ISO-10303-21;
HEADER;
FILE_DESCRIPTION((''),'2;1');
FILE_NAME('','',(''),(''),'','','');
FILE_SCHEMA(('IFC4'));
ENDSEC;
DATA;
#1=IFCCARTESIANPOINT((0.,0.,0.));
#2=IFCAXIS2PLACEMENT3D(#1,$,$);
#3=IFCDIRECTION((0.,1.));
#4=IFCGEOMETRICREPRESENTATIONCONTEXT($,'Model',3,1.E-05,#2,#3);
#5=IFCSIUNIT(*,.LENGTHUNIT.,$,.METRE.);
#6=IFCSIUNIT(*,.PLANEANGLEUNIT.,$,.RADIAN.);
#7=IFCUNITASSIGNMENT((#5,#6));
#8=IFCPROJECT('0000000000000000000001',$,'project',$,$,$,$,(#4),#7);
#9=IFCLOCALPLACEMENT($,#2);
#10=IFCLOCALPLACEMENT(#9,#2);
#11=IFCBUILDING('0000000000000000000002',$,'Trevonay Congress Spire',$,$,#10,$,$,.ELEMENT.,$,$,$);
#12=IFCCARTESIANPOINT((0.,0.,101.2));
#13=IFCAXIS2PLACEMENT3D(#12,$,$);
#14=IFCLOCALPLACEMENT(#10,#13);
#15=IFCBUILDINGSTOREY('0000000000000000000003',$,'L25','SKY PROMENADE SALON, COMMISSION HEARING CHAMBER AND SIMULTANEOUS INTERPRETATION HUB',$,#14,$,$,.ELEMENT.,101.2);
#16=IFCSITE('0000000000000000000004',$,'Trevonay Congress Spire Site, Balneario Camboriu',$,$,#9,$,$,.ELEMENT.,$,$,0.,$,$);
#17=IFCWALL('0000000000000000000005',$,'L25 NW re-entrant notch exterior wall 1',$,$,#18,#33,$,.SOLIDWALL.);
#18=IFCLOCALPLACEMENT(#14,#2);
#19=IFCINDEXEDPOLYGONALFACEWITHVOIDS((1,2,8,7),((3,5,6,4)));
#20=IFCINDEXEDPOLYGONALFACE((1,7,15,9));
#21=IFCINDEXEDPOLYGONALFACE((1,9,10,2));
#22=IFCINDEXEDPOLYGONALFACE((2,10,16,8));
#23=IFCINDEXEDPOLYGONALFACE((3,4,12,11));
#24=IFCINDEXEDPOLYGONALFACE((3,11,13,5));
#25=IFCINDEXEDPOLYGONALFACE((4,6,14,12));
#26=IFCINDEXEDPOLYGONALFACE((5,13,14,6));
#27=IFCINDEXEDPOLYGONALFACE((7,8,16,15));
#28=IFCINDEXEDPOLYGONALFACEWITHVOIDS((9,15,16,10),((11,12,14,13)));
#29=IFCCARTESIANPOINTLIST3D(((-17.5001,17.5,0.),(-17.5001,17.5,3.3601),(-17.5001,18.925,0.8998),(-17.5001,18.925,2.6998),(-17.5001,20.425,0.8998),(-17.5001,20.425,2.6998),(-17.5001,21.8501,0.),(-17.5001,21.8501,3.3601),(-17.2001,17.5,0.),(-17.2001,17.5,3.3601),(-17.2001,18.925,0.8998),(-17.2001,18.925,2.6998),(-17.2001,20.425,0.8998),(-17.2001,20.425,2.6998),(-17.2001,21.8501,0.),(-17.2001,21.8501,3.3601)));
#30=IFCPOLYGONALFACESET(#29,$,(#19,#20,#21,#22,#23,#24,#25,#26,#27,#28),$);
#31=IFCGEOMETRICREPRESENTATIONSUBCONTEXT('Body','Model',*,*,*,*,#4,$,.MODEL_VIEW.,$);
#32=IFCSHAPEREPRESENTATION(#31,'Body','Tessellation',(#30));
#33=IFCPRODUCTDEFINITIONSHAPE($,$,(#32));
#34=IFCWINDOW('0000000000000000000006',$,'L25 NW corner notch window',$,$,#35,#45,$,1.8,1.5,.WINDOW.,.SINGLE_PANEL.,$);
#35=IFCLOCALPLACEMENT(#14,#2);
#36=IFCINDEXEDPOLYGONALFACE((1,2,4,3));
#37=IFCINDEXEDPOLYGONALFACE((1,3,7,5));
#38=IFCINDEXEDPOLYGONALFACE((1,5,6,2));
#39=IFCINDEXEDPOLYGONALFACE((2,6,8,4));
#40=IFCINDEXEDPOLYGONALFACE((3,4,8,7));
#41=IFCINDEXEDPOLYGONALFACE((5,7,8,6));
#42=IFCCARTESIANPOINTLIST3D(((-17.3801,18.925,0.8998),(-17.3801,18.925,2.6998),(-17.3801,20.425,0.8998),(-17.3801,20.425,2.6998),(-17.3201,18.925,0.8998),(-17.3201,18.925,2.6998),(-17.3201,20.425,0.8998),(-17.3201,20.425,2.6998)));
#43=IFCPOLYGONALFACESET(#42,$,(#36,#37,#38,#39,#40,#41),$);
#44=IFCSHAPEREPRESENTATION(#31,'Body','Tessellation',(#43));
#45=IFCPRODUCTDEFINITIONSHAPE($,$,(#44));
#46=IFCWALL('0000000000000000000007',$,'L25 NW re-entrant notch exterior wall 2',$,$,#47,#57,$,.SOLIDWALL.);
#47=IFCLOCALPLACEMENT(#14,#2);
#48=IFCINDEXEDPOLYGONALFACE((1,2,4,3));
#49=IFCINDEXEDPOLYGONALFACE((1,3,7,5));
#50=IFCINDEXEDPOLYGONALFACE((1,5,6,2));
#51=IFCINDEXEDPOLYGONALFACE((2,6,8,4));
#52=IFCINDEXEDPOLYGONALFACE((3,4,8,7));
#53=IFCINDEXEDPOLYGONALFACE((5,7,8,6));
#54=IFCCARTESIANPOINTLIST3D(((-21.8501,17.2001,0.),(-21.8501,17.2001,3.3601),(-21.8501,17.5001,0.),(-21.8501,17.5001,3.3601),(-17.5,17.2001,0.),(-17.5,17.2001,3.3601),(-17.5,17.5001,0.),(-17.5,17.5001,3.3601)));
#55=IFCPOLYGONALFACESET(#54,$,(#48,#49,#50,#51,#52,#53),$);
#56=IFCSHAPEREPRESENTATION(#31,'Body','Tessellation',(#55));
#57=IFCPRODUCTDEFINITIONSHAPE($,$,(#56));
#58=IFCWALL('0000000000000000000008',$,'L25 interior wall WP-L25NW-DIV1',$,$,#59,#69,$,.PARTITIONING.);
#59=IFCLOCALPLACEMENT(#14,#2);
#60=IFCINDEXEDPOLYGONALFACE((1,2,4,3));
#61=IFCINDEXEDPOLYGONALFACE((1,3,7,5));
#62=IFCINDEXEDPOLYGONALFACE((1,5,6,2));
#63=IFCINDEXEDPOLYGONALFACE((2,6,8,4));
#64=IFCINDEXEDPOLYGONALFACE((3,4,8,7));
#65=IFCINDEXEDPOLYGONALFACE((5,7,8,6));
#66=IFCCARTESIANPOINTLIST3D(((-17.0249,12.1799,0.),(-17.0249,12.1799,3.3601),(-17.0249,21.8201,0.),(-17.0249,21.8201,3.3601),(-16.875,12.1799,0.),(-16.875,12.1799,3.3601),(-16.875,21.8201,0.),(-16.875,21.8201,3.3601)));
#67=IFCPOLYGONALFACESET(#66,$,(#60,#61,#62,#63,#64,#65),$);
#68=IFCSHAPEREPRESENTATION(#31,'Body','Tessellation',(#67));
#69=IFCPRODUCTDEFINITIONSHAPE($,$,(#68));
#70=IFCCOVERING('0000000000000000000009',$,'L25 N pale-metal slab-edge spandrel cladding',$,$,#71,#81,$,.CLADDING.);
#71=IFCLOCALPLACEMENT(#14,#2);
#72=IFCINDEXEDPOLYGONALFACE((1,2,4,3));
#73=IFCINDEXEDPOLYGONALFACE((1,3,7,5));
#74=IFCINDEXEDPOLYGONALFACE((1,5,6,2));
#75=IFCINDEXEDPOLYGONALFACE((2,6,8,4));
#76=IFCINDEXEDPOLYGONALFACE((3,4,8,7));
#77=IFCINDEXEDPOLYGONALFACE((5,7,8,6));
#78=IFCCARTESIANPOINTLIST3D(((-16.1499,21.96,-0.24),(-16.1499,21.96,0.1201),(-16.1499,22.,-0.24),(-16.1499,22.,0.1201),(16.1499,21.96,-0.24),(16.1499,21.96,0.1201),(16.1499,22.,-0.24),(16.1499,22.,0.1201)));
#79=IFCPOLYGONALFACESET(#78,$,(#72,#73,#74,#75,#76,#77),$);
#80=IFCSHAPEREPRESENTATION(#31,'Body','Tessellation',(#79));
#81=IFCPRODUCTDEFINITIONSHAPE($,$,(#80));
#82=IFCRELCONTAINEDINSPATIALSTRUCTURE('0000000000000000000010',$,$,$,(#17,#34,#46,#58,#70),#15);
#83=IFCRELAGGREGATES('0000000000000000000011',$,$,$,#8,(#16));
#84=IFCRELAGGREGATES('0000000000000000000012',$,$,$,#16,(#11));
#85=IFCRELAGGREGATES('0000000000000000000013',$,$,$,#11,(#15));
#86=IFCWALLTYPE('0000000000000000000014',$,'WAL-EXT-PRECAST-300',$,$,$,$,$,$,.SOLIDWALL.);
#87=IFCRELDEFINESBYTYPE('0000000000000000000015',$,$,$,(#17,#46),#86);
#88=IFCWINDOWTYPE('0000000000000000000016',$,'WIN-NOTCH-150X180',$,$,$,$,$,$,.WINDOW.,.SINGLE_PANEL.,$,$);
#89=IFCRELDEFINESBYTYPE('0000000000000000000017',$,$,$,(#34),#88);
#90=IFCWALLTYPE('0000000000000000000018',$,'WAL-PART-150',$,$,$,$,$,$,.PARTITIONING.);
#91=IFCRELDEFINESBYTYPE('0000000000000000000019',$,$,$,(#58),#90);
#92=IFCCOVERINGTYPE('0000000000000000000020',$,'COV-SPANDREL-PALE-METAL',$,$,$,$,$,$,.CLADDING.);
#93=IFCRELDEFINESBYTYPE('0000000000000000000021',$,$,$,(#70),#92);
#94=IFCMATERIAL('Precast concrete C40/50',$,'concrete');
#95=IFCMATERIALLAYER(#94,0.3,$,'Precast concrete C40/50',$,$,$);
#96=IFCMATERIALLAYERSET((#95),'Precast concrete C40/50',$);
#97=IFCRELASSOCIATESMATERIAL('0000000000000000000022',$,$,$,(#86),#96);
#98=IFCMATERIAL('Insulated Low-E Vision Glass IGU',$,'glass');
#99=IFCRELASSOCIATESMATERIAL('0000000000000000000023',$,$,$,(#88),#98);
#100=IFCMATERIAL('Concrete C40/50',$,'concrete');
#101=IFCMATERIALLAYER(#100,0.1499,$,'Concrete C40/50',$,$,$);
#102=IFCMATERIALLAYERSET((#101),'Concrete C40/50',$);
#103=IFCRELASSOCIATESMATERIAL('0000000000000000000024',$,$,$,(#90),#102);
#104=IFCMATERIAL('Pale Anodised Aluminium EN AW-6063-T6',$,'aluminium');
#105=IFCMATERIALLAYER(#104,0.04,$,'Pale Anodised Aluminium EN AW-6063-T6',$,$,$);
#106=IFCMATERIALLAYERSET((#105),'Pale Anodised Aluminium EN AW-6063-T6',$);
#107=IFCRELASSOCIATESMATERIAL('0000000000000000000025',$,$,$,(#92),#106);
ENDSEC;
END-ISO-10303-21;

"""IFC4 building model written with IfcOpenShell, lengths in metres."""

from ifc_helpers import new_model, si_unit, direction, frame, frame_2d, origin, place, context, subcontext, project, spatial, rectangle, extrude, material, layer, layer_set, type_object, element, fill, save


model = new_model("IFC4")

# Units and contexts
model_context = context("Model", 3, precision=1e-05, world=origin(), true_north=direction((0.0, 1.0)))
body_context = subcontext(model_context, "Body", "Model", "MODEL_VIEW")
ifc_project = project(units=[si_unit("LENGTHUNIT", "METRE"), si_unit("PLANEANGLEUNIT", "RADIAN")], contexts=[model_context])

# Site, building, storey
site_placement = place(None, origin())
site = spatial("IfcSite", under=ifc_project, at=site_placement, Name="Trevonay Congress Spire Site, Balneario Camboriu", CompositionType="ELEMENT", RefElevation=0.0)
building_placement = place(site_placement, origin())
building = spatial("IfcBuilding", under=site, at=building_placement, Name="Trevonay Congress Spire", CompositionType="ELEMENT")
storey_placement = place(building_placement, frame((0.0, 0.0, 101.2)))
storey = spatial("IfcBuildingStorey", under=building, at=storey_placement, Name="L25", Description="SKY PROMENADE SALON, COMMISSION HEARING CHAMBER AND SIMULTANEOUS INTERPRETATION HUB", CompositionType="ELEMENT", Elevation=101.2)

# Shared definitions
ifc_material_1 = material(Name="Pale Anodised Aluminium EN AW-6063-T6", Category="aluminium")

# Shared definitions
ifc_material_2 = material(Name="Concrete C40/50", Category="concrete")

# Shared definitions
ifc_material_3 = material(Name="Precast concrete C40/50", Category="concrete")
ifc_layer_1 = layer(ifc_material_3, 0.3, Name="Precast concrete C40/50")
ifc_layer_set_1 = layer_set([ifc_layer_1], Name="Precast concrete C40/50")
wall_type_1 = type_object("IfcWallType", Name="WAL-EXT-PRECAST-300", PredefinedType="SOLIDWALL", material=ifc_layer_set_1)

# Wall, opening, window
wall_1_placement = place(storey_placement, frame((-17.3501, 21.8501, 0.0), z_axis=(0.0, 0.0, 1.0), x_axis=(0.0, -1.0, 0.0)))
wall_1 = element("IfcWall", 1, at=wall_1_placement, inside=storey, type_object=wall_type_1, Name="L25 NW re-entrant notch exterior wall 1", PredefinedType="SOLIDWALL", context=body_context, shape_type="SweptSolid", body=[
    extrude(rectangle(XDim=4.3501, YDim=0.3, at=frame_2d((2.175, 0.0))), origin(), (0.0, 0.0, 1.0), 3.3601),
])
opening_1_placement = place(wall_1_placement, frame((1.425, 0.0, 0.8999)))
opening_1 = element("IfcOpeningElement", 2, at=opening_1_placement, cuts=wall_1, PredefinedType="OPENING", context=body_context, shape_type="SweptSolid", body=[
    extrude(rectangle(XDim=1.5, YDim=1.8, at=frame_2d((0.75, 0.8999))), frame((0.0, 0.1602, 0.0), z_axis=(0.0, -1.0, 0.0), x_axis=(1.0, 0.0, 0.0)), (0.0, 0.0, 1.0), 0.3201),
])
ifc_material_4 = material(Name="Insulated Low-E Vision Glass IGU", Category="glass")
window_type = type_object("IfcWindowType", Name="WIN-NOTCH-150X180", PartitioningType="SINGLE_PANEL", PredefinedType="WINDOW", material=ifc_material_4)
window_placement = place(opening_1_placement, origin())
window = element("IfcWindow", 3, at=window_placement, inside=storey, type_object=window_type, Name="L25 NW corner notch window", OverallHeight=1.8, OverallWidth=1.5, PartitioningType="SINGLE_PANEL", PredefinedType="WINDOW", context=body_context, shape_type="SweptSolid", body=[
    extrude(rectangle(XDim=1.5, YDim=1.8, at=frame_2d((0.75, 0.8999))), frame((0.0, 0.03, 0.0), z_axis=(0.0, -1.0, 0.0), x_axis=(1.0, 0.0, 0.0)), (0.0, 0.0, 1.0), 0.0601),
])
fill(opening_1, window)

# Walls
wall_2_placement = place(storey_placement, frame((-21.8501, 17.3501, 0.0), z_axis=(0.0, 0.0, 1.0), x_axis=(1.0, 0.0, 0.0)))
element("IfcWall", 4, at=wall_2_placement, inside=storey, type_object=wall_type_1, Name="L25 NW re-entrant notch exterior wall 2", PredefinedType="SOLIDWALL", context=body_context, shape_type="SweptSolid", body=[
    extrude(rectangle(XDim=4.3501, YDim=0.3, at=frame_2d((2.175, 0.0))), origin(), (0.0, 0.0, 1.0), 3.3601),
])
ifc_layer_2 = layer(ifc_material_2, 0.1499, Name="Concrete C40/50")
ifc_layer_set_2 = layer_set([ifc_layer_2], Name="Concrete C40/50")
wall_type_2 = type_object("IfcWallType", Name="WAL-PART-150", PredefinedType="PARTITIONING", material=ifc_layer_set_2)
wall_3_placement = place(storey_placement, frame((-16.95, 12.1799, 0.0), z_axis=(0.0, 0.0, 1.0), x_axis=(0.0, 1.0, 0.0)))
element("IfcWall", 5, at=wall_3_placement, inside=storey, type_object=wall_type_2, Name="L25 interior wall WP-L25NW-DIV1", PredefinedType="PARTITIONING", context=body_context, shape_type="SweptSolid", body=[
    extrude(rectangle(XDim=9.6401, YDim=0.1499, at=frame_2d((4.8201, 0.0))), origin(), (0.0, 0.0, 1.0), 3.3601),
])

# Covering
ifc_layer_3 = layer(ifc_material_1, 0.04, Name="Pale Anodised Aluminium EN AW-6063-T6")
ifc_layer_set_3 = layer_set([ifc_layer_3], Name="Pale Anodised Aluminium EN AW-6063-T6")
covering_type = type_object("IfcCoveringType", Name="COV-SPANDREL-PALE-METAL", PredefinedType="CLADDING", material=ifc_layer_set_3)
covering_placement = place(storey_placement, frame((-16.1499, 21.98, -0.24), z_axis=(0.0, 0.0, 1.0), x_axis=(1.0, 0.0, 0.0)))
element("IfcCovering", 6, at=covering_placement, inside=storey, type_object=covering_type, Name="L25 N pale-metal slab-edge spandrel cladding", PredefinedType="CLADDING", context=body_context, shape_type="SweptSolid", body=[
    extrude(rectangle(XDim=32.2998, YDim=0.04, at=frame_2d((16.1499, 0.0))), origin(), (0.0, 0.0, 1.0), 0.3601),
])

save(model, "model.ifc")
